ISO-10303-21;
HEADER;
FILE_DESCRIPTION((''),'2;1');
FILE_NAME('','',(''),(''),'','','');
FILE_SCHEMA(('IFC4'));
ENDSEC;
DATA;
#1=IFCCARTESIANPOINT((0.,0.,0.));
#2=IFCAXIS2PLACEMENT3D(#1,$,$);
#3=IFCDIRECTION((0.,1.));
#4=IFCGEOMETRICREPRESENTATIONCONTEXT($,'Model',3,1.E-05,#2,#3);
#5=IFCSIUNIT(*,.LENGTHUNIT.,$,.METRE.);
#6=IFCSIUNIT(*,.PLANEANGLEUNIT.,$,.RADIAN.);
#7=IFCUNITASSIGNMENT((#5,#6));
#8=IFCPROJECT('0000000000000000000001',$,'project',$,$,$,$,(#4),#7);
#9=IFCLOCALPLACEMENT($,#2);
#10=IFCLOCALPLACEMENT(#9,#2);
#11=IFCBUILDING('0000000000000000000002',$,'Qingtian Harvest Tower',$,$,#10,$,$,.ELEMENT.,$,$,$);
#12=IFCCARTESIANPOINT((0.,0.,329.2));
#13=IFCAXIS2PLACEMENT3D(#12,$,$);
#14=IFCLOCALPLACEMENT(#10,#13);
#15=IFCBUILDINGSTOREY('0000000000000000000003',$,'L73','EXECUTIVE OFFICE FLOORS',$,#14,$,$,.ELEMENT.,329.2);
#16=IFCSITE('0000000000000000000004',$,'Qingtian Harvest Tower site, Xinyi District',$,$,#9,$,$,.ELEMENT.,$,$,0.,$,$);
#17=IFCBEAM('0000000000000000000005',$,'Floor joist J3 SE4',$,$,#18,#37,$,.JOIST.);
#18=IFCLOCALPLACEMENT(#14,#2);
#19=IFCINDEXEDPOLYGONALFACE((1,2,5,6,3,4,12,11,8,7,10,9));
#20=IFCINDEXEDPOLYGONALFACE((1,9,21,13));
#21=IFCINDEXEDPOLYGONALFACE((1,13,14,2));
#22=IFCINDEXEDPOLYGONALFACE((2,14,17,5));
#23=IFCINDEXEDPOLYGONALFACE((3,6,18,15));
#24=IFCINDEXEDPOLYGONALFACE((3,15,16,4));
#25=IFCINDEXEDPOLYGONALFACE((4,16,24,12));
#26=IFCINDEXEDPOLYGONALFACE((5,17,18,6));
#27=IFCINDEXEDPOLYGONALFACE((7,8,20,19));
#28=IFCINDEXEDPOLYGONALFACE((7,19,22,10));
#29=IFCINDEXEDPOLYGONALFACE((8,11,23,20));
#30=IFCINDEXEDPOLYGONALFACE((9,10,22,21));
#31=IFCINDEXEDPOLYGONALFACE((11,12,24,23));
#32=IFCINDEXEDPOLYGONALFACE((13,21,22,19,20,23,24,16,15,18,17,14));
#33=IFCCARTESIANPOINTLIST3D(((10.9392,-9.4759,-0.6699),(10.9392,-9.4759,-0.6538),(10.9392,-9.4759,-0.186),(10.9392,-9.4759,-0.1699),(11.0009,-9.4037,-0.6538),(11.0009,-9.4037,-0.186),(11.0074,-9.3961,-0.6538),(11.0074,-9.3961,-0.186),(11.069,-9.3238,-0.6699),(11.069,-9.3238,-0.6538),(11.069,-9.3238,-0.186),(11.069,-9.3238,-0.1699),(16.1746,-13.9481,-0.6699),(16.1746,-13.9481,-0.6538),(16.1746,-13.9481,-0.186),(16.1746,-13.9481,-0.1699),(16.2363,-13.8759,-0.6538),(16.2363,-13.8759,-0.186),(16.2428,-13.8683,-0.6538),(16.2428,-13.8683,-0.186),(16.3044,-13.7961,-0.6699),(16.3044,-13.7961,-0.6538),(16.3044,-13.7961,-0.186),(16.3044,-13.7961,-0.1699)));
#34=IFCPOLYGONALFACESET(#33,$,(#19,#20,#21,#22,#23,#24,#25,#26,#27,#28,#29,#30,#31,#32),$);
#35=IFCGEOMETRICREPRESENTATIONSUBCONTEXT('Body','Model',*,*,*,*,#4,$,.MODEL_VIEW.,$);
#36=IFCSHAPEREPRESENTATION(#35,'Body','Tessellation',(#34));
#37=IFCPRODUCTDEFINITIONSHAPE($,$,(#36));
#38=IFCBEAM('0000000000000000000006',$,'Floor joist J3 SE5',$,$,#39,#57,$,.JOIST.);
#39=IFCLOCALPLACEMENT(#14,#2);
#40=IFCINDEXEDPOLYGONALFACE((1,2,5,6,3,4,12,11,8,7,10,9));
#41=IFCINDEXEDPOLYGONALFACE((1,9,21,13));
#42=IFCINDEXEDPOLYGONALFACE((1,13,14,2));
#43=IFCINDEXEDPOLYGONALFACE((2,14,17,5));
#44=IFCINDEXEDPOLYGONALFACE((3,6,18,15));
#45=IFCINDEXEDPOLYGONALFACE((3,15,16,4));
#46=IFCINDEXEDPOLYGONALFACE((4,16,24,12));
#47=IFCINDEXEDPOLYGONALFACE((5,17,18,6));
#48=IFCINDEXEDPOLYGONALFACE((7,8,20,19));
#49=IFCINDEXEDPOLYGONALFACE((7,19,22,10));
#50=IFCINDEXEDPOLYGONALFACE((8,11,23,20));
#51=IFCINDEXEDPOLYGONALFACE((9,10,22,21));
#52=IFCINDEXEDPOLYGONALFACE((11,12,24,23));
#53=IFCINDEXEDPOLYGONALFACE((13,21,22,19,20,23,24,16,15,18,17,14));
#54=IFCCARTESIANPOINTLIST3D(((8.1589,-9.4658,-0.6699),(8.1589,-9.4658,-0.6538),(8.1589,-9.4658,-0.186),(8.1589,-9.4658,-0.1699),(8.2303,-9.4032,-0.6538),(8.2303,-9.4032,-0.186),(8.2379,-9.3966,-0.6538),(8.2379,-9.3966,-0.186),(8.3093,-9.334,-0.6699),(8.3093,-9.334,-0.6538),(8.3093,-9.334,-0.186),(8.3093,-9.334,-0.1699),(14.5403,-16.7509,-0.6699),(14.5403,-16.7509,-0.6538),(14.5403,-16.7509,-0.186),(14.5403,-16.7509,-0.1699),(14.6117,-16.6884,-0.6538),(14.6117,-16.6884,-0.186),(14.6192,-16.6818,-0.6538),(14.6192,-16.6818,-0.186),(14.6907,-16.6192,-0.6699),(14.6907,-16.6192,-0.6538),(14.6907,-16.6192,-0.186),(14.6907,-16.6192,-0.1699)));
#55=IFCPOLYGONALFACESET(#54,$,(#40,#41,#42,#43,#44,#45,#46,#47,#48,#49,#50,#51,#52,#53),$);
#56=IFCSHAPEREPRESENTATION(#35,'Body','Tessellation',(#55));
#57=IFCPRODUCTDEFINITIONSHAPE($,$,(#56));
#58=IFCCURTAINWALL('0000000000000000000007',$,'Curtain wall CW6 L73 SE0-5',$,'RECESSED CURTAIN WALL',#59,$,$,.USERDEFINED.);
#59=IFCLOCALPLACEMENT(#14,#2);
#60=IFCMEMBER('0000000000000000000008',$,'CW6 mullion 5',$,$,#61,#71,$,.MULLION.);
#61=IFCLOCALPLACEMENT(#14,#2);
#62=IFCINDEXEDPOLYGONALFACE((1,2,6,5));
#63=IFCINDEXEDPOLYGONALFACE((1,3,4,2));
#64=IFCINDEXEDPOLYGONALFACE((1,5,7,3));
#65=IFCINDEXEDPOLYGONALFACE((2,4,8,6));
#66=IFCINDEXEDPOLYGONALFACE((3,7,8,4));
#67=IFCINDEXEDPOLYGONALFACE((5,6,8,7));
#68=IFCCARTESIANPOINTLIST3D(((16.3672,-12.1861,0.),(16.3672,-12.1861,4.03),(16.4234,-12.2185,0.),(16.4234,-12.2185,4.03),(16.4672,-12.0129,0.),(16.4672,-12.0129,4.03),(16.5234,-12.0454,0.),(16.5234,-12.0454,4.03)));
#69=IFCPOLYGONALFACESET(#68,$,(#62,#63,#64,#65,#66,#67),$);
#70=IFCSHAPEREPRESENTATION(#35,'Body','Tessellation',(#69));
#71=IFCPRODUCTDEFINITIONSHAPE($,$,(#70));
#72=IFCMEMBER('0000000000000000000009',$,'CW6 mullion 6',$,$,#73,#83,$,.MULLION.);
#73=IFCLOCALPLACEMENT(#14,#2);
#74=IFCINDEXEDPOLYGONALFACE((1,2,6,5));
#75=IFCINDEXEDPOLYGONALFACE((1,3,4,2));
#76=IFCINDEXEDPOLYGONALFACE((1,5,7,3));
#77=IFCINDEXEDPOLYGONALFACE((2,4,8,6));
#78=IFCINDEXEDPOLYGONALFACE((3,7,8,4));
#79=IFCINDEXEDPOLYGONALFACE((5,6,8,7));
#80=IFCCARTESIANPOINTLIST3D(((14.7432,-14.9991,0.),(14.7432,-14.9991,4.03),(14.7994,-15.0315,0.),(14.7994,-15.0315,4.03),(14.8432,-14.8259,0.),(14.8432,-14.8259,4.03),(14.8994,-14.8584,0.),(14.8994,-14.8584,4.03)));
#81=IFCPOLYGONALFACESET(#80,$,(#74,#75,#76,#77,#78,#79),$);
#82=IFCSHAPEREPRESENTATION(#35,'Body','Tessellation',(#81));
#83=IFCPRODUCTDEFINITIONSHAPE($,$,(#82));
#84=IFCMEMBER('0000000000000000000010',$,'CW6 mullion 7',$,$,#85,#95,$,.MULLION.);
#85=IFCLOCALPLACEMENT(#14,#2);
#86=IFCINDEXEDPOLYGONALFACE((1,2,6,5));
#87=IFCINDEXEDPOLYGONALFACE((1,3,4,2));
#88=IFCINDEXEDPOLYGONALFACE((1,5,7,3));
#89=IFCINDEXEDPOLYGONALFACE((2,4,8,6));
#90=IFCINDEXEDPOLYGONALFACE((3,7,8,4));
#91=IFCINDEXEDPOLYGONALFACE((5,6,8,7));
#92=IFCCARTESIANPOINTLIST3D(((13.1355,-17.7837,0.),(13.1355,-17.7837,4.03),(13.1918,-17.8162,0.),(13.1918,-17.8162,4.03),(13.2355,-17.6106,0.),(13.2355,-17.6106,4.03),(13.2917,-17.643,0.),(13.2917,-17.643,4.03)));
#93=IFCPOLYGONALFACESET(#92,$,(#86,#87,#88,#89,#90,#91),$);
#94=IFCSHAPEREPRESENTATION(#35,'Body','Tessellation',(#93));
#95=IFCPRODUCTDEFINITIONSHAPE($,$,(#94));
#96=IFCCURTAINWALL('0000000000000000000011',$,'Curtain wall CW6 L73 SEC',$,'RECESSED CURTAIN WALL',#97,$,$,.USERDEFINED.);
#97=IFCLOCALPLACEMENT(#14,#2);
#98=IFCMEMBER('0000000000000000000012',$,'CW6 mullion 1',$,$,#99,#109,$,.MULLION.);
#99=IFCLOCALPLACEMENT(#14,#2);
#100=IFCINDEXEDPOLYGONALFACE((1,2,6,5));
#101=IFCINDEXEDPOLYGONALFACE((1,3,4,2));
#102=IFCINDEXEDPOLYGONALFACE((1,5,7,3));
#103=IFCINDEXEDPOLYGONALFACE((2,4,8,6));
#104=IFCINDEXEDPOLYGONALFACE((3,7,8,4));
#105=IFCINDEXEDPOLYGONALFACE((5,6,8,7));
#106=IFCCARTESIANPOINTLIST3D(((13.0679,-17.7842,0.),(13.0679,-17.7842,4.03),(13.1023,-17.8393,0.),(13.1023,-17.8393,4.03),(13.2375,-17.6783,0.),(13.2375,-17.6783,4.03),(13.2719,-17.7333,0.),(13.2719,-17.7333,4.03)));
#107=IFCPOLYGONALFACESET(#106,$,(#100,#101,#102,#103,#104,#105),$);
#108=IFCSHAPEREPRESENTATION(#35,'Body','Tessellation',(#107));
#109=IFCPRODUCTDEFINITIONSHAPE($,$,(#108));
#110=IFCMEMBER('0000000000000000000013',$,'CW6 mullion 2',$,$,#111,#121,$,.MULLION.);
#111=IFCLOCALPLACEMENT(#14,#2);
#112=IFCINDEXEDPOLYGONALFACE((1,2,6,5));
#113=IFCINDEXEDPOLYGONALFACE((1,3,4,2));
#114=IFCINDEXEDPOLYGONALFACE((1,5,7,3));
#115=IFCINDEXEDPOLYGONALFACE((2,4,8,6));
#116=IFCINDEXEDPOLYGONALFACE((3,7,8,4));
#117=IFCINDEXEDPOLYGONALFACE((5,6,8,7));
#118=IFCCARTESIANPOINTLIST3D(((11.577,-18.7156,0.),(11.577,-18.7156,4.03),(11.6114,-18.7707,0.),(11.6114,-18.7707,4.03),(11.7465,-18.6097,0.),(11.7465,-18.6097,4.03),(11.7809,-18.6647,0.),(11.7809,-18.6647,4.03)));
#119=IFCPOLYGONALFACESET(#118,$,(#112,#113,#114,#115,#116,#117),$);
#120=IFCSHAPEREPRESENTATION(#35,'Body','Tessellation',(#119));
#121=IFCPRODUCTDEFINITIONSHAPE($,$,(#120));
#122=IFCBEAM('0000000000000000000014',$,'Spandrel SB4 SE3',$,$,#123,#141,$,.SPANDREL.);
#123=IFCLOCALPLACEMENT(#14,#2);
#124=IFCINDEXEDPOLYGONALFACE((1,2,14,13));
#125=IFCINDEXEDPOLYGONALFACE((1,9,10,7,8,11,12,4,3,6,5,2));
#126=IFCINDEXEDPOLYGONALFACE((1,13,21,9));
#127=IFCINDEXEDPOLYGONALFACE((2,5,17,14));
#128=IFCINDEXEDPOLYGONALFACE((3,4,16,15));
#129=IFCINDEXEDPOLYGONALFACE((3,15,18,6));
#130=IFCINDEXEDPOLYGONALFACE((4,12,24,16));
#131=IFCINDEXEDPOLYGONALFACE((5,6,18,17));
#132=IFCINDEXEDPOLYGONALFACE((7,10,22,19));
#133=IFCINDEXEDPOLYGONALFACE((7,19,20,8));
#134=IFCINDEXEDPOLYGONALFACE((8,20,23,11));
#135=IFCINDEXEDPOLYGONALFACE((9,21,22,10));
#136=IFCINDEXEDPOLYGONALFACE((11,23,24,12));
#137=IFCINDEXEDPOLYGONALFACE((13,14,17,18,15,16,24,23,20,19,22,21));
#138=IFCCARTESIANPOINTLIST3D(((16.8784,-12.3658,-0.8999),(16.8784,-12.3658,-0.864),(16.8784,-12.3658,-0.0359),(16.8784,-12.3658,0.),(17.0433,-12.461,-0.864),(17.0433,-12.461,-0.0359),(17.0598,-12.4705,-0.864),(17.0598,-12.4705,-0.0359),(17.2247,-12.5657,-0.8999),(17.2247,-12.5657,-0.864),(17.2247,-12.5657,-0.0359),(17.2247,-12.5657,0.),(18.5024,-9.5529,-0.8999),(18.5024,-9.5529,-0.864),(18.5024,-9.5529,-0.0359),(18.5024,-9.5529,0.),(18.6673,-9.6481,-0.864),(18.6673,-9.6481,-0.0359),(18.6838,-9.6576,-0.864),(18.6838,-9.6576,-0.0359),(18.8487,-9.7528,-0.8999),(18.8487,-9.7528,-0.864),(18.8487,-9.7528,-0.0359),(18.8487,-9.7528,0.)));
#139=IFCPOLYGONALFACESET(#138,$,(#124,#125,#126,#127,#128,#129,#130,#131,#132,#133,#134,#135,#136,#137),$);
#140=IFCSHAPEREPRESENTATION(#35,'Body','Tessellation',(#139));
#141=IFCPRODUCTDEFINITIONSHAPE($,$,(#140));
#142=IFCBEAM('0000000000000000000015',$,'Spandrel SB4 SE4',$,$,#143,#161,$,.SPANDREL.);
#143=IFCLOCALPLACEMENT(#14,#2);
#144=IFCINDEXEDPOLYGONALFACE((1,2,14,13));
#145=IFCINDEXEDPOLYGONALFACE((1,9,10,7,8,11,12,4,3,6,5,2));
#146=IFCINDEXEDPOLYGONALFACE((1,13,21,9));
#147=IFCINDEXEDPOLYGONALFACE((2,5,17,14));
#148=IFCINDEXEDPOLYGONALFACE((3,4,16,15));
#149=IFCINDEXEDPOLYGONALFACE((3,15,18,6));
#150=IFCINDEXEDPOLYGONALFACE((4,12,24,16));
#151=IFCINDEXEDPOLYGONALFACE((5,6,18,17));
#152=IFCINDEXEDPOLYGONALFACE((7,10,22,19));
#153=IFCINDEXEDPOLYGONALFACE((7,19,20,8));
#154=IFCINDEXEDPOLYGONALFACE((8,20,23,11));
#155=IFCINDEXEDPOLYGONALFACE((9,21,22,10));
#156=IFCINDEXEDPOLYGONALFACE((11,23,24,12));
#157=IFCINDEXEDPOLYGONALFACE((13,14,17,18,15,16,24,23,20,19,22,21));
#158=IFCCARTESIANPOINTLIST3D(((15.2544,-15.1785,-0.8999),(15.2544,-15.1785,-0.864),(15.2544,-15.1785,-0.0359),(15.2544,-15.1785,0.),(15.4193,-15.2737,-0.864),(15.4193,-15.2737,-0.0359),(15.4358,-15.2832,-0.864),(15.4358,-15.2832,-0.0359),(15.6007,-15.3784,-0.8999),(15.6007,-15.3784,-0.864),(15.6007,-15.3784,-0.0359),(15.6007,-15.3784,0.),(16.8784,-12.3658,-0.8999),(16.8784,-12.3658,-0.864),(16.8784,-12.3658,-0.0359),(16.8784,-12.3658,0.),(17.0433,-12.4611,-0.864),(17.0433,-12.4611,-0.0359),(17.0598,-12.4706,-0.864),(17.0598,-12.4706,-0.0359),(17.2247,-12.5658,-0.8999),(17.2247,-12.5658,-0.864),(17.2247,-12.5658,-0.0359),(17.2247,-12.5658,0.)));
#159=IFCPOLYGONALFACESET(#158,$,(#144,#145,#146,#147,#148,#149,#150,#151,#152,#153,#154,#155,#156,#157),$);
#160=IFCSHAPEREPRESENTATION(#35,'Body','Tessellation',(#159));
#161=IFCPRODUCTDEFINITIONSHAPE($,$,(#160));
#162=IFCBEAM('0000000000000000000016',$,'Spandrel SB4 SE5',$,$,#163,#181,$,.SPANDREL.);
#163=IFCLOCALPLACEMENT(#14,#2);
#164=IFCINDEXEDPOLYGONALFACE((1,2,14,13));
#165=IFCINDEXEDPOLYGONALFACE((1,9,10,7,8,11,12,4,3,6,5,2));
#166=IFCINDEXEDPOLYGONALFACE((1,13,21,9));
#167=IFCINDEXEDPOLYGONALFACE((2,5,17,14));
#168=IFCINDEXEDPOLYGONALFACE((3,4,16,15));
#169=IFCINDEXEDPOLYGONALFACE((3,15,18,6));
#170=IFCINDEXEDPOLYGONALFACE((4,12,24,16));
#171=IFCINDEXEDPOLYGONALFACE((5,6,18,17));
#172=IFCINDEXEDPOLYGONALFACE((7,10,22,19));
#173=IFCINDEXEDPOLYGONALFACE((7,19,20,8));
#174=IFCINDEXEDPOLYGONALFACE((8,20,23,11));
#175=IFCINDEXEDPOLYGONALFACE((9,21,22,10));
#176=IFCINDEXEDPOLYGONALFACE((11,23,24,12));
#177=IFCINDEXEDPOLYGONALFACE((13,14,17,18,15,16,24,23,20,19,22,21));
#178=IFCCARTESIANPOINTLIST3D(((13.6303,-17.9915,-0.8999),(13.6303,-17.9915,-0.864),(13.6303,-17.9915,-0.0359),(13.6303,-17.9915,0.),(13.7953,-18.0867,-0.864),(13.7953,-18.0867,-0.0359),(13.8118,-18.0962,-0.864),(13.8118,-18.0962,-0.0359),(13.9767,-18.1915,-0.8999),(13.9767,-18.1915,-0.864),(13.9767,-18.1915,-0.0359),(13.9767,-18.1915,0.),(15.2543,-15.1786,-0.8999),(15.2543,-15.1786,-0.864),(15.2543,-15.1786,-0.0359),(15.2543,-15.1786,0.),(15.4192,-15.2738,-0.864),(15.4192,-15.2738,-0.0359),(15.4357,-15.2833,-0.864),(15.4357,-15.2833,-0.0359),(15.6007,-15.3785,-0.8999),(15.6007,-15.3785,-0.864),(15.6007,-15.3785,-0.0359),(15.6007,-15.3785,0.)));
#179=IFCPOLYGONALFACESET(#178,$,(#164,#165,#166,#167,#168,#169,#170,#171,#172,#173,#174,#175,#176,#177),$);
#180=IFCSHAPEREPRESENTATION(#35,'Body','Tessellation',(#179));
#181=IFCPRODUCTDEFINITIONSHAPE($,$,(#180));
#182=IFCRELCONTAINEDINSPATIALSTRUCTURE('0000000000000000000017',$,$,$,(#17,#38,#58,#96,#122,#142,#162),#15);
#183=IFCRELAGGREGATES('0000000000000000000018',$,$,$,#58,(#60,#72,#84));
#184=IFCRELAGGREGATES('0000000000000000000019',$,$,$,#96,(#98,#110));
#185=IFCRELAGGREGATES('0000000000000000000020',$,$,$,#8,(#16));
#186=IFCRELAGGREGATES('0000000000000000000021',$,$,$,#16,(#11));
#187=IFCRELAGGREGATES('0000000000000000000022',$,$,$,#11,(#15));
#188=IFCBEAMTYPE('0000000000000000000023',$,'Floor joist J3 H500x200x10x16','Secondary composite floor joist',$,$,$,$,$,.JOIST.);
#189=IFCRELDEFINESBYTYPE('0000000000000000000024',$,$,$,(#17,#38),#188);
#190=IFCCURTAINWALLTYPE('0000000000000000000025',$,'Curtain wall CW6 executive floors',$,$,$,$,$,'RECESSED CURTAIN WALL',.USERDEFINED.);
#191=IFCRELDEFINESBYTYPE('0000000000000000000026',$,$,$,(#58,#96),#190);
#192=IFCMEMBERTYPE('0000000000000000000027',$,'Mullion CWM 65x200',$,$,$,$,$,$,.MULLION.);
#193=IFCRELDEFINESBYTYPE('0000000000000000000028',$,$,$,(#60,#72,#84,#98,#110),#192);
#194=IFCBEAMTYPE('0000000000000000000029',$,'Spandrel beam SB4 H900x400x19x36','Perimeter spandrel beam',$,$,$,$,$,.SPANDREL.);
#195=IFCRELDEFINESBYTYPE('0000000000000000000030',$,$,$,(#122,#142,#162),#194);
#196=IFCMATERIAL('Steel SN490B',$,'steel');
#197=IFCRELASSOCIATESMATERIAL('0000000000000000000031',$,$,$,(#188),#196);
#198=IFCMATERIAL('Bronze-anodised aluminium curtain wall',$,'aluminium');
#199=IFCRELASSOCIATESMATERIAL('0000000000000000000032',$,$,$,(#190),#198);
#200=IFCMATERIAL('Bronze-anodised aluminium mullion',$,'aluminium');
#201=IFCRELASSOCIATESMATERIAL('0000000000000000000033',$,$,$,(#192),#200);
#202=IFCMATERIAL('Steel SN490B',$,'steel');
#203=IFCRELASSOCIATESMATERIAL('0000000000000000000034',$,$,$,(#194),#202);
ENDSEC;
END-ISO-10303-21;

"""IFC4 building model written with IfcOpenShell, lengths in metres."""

from ifc_helpers import new_model, si_unit, direction, frame, origin, origin_2d, place, context, subcontext, project, spatial, rectangle, i_section, extrude, material, material_profile, profile_set, type_object, element, aggregate, save


model = new_model("IFC4")

# Units and contexts
model_context = context("Model", 3, precision=1e-05, world=origin(), true_north=direction((0.0, 1.0)))
body_context = subcontext(model_context, "Body", "Model", "MODEL_VIEW")
ifc_project = project(units=[si_unit("LENGTHUNIT", "METRE"), si_unit("PLANEANGLEUNIT", "RADIAN")], contexts=[model_context])

# Site, building, storey
site_placement = place(None, origin())
site = spatial("IfcSite", under=ifc_project, at=site_placement, Name="Qingtian Harvest Tower site, Xinyi District", CompositionType="ELEMENT", RefElevation=0.0)
building_placement = place(site_placement, origin())
building = spatial("IfcBuilding", under=site, at=building_placement, Name="Qingtian Harvest Tower", CompositionType="ELEMENT")
storey_placement = place(building_placement, frame((0.0, 0.0, 329.2)))
storey = spatial("IfcBuildingStorey", under=building, at=storey_placement, Name="L73", Description="EXECUTIVE OFFICE FLOORS", CompositionType="ELEMENT", Elevation=329.2)

# Beams
ifc_material_1 = material(Name="Steel SN490B", Category="steel")
ifc_material_profile_1 = material_profile(ifc_material_1, i_section(OverallWidth=0.2, OverallDepth=0.5, WebThickness=0.01, FlangeThickness=0.0161, at=origin_2d()), Name="H500x200x10x16")
ifc_profile_set_1 = profile_set([ifc_material_profile_1], Name="Steel SN490B")
beam_type_1 = type_object("IfcBeamType", Name="Floor joist J3 H500x200x10x16", Description="Secondary composite floor joist", PredefinedType="JOIST", material=ifc_profile_set_1)
beam_1_placement = place(storey_placement, frame((16.2395, -13.8721, -0.4199), z_axis=(-0.760352, 0.649511, 0.0), x_axis=(-0.649511, -0.760352, 0.0)))
element("IfcBeam", 1, at=beam_1_placement, inside=storey, type_object=beam_type_1, Name="Floor joist J3 SE4", PredefinedType="JOIST", context=body_context, shape_type="SweptSolid", body=[
    extrude(i_section(OverallWidth=0.2, OverallDepth=0.5, WebThickness=0.01, FlangeThickness=0.0161, at=origin_2d()), origin(), (0.0, 0.0, 1.0), 6.8855),
])
beam_2_placement = place(storey_placement, frame((14.6155, -16.6851, -0.4199), z_axis=(-0.658904, 0.752227, 0.0), x_axis=(-0.752227, -0.658904, 0.0)))
element("IfcBeam", 2, at=beam_2_placement, inside=storey, type_object=beam_type_1, Name="Floor joist J3 SE5", PredefinedType="JOIST", context=body_context, shape_type="SweptSolid", body=[
    extrude(i_section(OverallWidth=0.2, OverallDepth=0.5, WebThickness=0.01, FlangeThickness=0.0161, at=origin_2d()), origin(), (0.0, 0.0, 1.0), 9.6848),
])

# Curtain walls, members
ifc_material_2 = material(Name="Bronze-anodised aluminium curtain wall", Category="aluminium")
curtain_wall_type = type_object("IfcCurtainWallType", Name="Curtain wall CW6 executive floors", ElementType="RECESSED CURTAIN WALL", PredefinedType="USERDEFINED", material=ifc_material_2)
curtain_wall_1_placement = place(storey_placement, origin())
curtain_wall_1 = element("IfcCurtainWall", 3, at=curtain_wall_1_placement, inside=storey, type_object=curtain_wall_type, Name="Curtain wall CW6 L73 SE0-5", ObjectType="RECESSED CURTAIN WALL", PredefinedType="USERDEFINED")
ifc_material_3 = material(Name="Bronze-anodised aluminium mullion", Category="aluminium")
ifc_material_profile_2 = material_profile(ifc_material_3, rectangle(XDim=0.0649, YDim=0.2, at=origin_2d()), Name="AL 65x200")
ifc_profile_set_2 = profile_set([ifc_material_profile_2], Name="Bronze-anodised aluminium mullion")
member_type_1 = type_object("IfcMemberType", Name="Mullion CWM 65x200", PredefinedType="MULLION", material=ifc_profile_set_2)
member_1_placement = place(storey_placement, frame((16.4453, -12.1157, 0.0), z_axis=(0.0, 0.0, 1.0), x_axis=(0.866025, -0.5, 0.0)))
member_1 = element("IfcMember", 4, at=member_1_placement, type_object=member_type_1, Name="CW6 mullion 5", PredefinedType="MULLION", context=body_context, shape_type="SweptSolid", body=[
    extrude(rectangle(XDim=0.0649, YDim=0.2, at=origin_2d()), origin(), (0.0, 0.0, 1.0), 4.03),
])
member_2_placement = place(storey_placement, frame((14.8213, -14.9287, 0.0), z_axis=(0.0, 0.0, 1.0), x_axis=(0.866025, -0.5, 0.0)))
member_2 = element("IfcMember", 5, at=member_2_placement, type_object=member_type_1, Name="CW6 mullion 6", PredefinedType="MULLION", context=body_context, shape_type="SweptSolid", body=[
    extrude(rectangle(XDim=0.0649, YDim=0.2, at=origin_2d()), origin(), (0.0, 0.0, 1.0), 4.03),
])
member_3_placement = place(storey_placement, frame((13.2136, -17.7134, 0.0), z_axis=(0.0, 0.0, 1.0), x_axis=(0.866025, -0.5, 0.0)))
member_3 = element("IfcMember", 6, at=member_3_placement, type_object=member_type_1, Name="CW6 mullion 7", PredefinedType="MULLION", context=body_context, shape_type="SweptSolid", body=[
    extrude(rectangle(XDim=0.0649, YDim=0.2, at=origin_2d()), origin(), (0.0, 0.0, 1.0), 4.03),
])
curtain_wall_2_placement = place(storey_placement, origin())
curtain_wall_2 = element("IfcCurtainWall", 7, at=curtain_wall_2_placement, inside=storey, type_object=curtain_wall_type, Name="Curtain wall CW6 L73 SEC", ObjectType="RECESSED CURTAIN WALL", PredefinedType="USERDEFINED")
member_4_placement = place(storey_placement, frame((13.1699, -17.7588, 0.0), z_axis=(0.0, 0.0, 1.0), x_axis=(0.529919, -0.848048, 0.0)))
member_4 = element("IfcMember", 8, at=member_4_placement, type_object=member_type_1, Name="CW6 mullion 1", PredefinedType="MULLION", context=body_context, shape_type="SweptSolid", body=[
    extrude(rectangle(XDim=0.0649, YDim=0.2, at=origin_2d()), origin(), (0.0, 0.0, 1.0), 4.03),
])
member_5_placement = place(storey_placement, frame((11.679, -18.6902, 0.0), z_axis=(0.0, 0.0, 1.0), x_axis=(0.529919, -0.848048, 0.0)))
member_5 = element("IfcMember", 9, at=member_5_placement, type_object=member_type_1, Name="CW6 mullion 2", PredefinedType="MULLION", context=body_context, shape_type="SweptSolid", body=[
    extrude(rectangle(XDim=0.0649, YDim=0.2, at=origin_2d()), origin(), (0.0, 0.0, 1.0), 4.03),
])

# Beams
ifc_material_4 = material(Name="Steel SN490B", Category="steel")
ifc_material_profile_3 = material_profile(ifc_material_4, i_section(OverallWidth=0.3999, OverallDepth=0.8999, WebThickness=0.019, FlangeThickness=0.0359, at=origin_2d()), Name="H900x400x19x36")
ifc_profile_set_3 = profile_set([ifc_material_profile_3], Name="Steel SN490B")
beam_type_2 = type_object("IfcBeamType", Name="Spandrel beam SB4 H900x400x19x36", Description="Perimeter spandrel beam", PredefinedType="SPANDREL", material=ifc_profile_set_3)
beam_3_placement = place(storey_placement, frame((18.6755, -9.6528, -0.45), z_axis=(-0.499987, -0.866033, 0.0), x_axis=(0.866033, -0.499987, 0.0)))
element("IfcBeam", 10, at=beam_3_placement, inside=storey, type_object=beam_type_2, Name="Spandrel SB4 SE3", PredefinedType="SPANDREL", context=body_context, shape_type="SweptSolid", body=[
    extrude(i_section(OverallWidth=0.3999, OverallDepth=0.8999, WebThickness=0.019, FlangeThickness=0.0359, at=origin_2d()), origin(), (0.0, 0.0, 1.0), 3.248),
])
beam_4_placement = place(storey_placement, frame((17.0515, -12.4658, -0.45), z_axis=(-0.50002, -0.866014, 0.0), x_axis=(0.866014, -0.50002, 0.0)))
element("IfcBeam", 11, at=beam_4_placement, inside=storey, type_object=beam_type_2, Name="Spandrel SB4 SE4", PredefinedType="SPANDREL", context=body_context, shape_type="SweptSolid", body=[
    extrude(i_section(OverallWidth=0.3999, OverallDepth=0.8999, WebThickness=0.019, FlangeThickness=0.0359, at=origin_2d()), origin(), (0.0, 0.0, 1.0), 3.2478),
])
beam_5_placement = place(storey_placement, frame((15.4275, -15.2786, -0.45), z_axis=(-0.499987, -0.866033, 0.0), x_axis=(0.866033, -0.499987, 0.0)))
element("IfcBeam", 12, at=beam_5_placement, inside=storey, type_object=beam_type_2, Name="Spandrel SB4 SE5", PredefinedType="SPANDREL", context=body_context, shape_type="SweptSolid", body=[
    extrude(i_section(OverallWidth=0.3999, OverallDepth=0.8999, WebThickness=0.019, FlangeThickness=0.0359, at=origin_2d()), origin(), (0.0, 0.0, 1.0), 3.248),
])

aggregate(curtain_wall_1, [member_1, member_2, member_3])
aggregate(curtain_wall_2, [member_4, member_5])

save(model, "model.ifc")
